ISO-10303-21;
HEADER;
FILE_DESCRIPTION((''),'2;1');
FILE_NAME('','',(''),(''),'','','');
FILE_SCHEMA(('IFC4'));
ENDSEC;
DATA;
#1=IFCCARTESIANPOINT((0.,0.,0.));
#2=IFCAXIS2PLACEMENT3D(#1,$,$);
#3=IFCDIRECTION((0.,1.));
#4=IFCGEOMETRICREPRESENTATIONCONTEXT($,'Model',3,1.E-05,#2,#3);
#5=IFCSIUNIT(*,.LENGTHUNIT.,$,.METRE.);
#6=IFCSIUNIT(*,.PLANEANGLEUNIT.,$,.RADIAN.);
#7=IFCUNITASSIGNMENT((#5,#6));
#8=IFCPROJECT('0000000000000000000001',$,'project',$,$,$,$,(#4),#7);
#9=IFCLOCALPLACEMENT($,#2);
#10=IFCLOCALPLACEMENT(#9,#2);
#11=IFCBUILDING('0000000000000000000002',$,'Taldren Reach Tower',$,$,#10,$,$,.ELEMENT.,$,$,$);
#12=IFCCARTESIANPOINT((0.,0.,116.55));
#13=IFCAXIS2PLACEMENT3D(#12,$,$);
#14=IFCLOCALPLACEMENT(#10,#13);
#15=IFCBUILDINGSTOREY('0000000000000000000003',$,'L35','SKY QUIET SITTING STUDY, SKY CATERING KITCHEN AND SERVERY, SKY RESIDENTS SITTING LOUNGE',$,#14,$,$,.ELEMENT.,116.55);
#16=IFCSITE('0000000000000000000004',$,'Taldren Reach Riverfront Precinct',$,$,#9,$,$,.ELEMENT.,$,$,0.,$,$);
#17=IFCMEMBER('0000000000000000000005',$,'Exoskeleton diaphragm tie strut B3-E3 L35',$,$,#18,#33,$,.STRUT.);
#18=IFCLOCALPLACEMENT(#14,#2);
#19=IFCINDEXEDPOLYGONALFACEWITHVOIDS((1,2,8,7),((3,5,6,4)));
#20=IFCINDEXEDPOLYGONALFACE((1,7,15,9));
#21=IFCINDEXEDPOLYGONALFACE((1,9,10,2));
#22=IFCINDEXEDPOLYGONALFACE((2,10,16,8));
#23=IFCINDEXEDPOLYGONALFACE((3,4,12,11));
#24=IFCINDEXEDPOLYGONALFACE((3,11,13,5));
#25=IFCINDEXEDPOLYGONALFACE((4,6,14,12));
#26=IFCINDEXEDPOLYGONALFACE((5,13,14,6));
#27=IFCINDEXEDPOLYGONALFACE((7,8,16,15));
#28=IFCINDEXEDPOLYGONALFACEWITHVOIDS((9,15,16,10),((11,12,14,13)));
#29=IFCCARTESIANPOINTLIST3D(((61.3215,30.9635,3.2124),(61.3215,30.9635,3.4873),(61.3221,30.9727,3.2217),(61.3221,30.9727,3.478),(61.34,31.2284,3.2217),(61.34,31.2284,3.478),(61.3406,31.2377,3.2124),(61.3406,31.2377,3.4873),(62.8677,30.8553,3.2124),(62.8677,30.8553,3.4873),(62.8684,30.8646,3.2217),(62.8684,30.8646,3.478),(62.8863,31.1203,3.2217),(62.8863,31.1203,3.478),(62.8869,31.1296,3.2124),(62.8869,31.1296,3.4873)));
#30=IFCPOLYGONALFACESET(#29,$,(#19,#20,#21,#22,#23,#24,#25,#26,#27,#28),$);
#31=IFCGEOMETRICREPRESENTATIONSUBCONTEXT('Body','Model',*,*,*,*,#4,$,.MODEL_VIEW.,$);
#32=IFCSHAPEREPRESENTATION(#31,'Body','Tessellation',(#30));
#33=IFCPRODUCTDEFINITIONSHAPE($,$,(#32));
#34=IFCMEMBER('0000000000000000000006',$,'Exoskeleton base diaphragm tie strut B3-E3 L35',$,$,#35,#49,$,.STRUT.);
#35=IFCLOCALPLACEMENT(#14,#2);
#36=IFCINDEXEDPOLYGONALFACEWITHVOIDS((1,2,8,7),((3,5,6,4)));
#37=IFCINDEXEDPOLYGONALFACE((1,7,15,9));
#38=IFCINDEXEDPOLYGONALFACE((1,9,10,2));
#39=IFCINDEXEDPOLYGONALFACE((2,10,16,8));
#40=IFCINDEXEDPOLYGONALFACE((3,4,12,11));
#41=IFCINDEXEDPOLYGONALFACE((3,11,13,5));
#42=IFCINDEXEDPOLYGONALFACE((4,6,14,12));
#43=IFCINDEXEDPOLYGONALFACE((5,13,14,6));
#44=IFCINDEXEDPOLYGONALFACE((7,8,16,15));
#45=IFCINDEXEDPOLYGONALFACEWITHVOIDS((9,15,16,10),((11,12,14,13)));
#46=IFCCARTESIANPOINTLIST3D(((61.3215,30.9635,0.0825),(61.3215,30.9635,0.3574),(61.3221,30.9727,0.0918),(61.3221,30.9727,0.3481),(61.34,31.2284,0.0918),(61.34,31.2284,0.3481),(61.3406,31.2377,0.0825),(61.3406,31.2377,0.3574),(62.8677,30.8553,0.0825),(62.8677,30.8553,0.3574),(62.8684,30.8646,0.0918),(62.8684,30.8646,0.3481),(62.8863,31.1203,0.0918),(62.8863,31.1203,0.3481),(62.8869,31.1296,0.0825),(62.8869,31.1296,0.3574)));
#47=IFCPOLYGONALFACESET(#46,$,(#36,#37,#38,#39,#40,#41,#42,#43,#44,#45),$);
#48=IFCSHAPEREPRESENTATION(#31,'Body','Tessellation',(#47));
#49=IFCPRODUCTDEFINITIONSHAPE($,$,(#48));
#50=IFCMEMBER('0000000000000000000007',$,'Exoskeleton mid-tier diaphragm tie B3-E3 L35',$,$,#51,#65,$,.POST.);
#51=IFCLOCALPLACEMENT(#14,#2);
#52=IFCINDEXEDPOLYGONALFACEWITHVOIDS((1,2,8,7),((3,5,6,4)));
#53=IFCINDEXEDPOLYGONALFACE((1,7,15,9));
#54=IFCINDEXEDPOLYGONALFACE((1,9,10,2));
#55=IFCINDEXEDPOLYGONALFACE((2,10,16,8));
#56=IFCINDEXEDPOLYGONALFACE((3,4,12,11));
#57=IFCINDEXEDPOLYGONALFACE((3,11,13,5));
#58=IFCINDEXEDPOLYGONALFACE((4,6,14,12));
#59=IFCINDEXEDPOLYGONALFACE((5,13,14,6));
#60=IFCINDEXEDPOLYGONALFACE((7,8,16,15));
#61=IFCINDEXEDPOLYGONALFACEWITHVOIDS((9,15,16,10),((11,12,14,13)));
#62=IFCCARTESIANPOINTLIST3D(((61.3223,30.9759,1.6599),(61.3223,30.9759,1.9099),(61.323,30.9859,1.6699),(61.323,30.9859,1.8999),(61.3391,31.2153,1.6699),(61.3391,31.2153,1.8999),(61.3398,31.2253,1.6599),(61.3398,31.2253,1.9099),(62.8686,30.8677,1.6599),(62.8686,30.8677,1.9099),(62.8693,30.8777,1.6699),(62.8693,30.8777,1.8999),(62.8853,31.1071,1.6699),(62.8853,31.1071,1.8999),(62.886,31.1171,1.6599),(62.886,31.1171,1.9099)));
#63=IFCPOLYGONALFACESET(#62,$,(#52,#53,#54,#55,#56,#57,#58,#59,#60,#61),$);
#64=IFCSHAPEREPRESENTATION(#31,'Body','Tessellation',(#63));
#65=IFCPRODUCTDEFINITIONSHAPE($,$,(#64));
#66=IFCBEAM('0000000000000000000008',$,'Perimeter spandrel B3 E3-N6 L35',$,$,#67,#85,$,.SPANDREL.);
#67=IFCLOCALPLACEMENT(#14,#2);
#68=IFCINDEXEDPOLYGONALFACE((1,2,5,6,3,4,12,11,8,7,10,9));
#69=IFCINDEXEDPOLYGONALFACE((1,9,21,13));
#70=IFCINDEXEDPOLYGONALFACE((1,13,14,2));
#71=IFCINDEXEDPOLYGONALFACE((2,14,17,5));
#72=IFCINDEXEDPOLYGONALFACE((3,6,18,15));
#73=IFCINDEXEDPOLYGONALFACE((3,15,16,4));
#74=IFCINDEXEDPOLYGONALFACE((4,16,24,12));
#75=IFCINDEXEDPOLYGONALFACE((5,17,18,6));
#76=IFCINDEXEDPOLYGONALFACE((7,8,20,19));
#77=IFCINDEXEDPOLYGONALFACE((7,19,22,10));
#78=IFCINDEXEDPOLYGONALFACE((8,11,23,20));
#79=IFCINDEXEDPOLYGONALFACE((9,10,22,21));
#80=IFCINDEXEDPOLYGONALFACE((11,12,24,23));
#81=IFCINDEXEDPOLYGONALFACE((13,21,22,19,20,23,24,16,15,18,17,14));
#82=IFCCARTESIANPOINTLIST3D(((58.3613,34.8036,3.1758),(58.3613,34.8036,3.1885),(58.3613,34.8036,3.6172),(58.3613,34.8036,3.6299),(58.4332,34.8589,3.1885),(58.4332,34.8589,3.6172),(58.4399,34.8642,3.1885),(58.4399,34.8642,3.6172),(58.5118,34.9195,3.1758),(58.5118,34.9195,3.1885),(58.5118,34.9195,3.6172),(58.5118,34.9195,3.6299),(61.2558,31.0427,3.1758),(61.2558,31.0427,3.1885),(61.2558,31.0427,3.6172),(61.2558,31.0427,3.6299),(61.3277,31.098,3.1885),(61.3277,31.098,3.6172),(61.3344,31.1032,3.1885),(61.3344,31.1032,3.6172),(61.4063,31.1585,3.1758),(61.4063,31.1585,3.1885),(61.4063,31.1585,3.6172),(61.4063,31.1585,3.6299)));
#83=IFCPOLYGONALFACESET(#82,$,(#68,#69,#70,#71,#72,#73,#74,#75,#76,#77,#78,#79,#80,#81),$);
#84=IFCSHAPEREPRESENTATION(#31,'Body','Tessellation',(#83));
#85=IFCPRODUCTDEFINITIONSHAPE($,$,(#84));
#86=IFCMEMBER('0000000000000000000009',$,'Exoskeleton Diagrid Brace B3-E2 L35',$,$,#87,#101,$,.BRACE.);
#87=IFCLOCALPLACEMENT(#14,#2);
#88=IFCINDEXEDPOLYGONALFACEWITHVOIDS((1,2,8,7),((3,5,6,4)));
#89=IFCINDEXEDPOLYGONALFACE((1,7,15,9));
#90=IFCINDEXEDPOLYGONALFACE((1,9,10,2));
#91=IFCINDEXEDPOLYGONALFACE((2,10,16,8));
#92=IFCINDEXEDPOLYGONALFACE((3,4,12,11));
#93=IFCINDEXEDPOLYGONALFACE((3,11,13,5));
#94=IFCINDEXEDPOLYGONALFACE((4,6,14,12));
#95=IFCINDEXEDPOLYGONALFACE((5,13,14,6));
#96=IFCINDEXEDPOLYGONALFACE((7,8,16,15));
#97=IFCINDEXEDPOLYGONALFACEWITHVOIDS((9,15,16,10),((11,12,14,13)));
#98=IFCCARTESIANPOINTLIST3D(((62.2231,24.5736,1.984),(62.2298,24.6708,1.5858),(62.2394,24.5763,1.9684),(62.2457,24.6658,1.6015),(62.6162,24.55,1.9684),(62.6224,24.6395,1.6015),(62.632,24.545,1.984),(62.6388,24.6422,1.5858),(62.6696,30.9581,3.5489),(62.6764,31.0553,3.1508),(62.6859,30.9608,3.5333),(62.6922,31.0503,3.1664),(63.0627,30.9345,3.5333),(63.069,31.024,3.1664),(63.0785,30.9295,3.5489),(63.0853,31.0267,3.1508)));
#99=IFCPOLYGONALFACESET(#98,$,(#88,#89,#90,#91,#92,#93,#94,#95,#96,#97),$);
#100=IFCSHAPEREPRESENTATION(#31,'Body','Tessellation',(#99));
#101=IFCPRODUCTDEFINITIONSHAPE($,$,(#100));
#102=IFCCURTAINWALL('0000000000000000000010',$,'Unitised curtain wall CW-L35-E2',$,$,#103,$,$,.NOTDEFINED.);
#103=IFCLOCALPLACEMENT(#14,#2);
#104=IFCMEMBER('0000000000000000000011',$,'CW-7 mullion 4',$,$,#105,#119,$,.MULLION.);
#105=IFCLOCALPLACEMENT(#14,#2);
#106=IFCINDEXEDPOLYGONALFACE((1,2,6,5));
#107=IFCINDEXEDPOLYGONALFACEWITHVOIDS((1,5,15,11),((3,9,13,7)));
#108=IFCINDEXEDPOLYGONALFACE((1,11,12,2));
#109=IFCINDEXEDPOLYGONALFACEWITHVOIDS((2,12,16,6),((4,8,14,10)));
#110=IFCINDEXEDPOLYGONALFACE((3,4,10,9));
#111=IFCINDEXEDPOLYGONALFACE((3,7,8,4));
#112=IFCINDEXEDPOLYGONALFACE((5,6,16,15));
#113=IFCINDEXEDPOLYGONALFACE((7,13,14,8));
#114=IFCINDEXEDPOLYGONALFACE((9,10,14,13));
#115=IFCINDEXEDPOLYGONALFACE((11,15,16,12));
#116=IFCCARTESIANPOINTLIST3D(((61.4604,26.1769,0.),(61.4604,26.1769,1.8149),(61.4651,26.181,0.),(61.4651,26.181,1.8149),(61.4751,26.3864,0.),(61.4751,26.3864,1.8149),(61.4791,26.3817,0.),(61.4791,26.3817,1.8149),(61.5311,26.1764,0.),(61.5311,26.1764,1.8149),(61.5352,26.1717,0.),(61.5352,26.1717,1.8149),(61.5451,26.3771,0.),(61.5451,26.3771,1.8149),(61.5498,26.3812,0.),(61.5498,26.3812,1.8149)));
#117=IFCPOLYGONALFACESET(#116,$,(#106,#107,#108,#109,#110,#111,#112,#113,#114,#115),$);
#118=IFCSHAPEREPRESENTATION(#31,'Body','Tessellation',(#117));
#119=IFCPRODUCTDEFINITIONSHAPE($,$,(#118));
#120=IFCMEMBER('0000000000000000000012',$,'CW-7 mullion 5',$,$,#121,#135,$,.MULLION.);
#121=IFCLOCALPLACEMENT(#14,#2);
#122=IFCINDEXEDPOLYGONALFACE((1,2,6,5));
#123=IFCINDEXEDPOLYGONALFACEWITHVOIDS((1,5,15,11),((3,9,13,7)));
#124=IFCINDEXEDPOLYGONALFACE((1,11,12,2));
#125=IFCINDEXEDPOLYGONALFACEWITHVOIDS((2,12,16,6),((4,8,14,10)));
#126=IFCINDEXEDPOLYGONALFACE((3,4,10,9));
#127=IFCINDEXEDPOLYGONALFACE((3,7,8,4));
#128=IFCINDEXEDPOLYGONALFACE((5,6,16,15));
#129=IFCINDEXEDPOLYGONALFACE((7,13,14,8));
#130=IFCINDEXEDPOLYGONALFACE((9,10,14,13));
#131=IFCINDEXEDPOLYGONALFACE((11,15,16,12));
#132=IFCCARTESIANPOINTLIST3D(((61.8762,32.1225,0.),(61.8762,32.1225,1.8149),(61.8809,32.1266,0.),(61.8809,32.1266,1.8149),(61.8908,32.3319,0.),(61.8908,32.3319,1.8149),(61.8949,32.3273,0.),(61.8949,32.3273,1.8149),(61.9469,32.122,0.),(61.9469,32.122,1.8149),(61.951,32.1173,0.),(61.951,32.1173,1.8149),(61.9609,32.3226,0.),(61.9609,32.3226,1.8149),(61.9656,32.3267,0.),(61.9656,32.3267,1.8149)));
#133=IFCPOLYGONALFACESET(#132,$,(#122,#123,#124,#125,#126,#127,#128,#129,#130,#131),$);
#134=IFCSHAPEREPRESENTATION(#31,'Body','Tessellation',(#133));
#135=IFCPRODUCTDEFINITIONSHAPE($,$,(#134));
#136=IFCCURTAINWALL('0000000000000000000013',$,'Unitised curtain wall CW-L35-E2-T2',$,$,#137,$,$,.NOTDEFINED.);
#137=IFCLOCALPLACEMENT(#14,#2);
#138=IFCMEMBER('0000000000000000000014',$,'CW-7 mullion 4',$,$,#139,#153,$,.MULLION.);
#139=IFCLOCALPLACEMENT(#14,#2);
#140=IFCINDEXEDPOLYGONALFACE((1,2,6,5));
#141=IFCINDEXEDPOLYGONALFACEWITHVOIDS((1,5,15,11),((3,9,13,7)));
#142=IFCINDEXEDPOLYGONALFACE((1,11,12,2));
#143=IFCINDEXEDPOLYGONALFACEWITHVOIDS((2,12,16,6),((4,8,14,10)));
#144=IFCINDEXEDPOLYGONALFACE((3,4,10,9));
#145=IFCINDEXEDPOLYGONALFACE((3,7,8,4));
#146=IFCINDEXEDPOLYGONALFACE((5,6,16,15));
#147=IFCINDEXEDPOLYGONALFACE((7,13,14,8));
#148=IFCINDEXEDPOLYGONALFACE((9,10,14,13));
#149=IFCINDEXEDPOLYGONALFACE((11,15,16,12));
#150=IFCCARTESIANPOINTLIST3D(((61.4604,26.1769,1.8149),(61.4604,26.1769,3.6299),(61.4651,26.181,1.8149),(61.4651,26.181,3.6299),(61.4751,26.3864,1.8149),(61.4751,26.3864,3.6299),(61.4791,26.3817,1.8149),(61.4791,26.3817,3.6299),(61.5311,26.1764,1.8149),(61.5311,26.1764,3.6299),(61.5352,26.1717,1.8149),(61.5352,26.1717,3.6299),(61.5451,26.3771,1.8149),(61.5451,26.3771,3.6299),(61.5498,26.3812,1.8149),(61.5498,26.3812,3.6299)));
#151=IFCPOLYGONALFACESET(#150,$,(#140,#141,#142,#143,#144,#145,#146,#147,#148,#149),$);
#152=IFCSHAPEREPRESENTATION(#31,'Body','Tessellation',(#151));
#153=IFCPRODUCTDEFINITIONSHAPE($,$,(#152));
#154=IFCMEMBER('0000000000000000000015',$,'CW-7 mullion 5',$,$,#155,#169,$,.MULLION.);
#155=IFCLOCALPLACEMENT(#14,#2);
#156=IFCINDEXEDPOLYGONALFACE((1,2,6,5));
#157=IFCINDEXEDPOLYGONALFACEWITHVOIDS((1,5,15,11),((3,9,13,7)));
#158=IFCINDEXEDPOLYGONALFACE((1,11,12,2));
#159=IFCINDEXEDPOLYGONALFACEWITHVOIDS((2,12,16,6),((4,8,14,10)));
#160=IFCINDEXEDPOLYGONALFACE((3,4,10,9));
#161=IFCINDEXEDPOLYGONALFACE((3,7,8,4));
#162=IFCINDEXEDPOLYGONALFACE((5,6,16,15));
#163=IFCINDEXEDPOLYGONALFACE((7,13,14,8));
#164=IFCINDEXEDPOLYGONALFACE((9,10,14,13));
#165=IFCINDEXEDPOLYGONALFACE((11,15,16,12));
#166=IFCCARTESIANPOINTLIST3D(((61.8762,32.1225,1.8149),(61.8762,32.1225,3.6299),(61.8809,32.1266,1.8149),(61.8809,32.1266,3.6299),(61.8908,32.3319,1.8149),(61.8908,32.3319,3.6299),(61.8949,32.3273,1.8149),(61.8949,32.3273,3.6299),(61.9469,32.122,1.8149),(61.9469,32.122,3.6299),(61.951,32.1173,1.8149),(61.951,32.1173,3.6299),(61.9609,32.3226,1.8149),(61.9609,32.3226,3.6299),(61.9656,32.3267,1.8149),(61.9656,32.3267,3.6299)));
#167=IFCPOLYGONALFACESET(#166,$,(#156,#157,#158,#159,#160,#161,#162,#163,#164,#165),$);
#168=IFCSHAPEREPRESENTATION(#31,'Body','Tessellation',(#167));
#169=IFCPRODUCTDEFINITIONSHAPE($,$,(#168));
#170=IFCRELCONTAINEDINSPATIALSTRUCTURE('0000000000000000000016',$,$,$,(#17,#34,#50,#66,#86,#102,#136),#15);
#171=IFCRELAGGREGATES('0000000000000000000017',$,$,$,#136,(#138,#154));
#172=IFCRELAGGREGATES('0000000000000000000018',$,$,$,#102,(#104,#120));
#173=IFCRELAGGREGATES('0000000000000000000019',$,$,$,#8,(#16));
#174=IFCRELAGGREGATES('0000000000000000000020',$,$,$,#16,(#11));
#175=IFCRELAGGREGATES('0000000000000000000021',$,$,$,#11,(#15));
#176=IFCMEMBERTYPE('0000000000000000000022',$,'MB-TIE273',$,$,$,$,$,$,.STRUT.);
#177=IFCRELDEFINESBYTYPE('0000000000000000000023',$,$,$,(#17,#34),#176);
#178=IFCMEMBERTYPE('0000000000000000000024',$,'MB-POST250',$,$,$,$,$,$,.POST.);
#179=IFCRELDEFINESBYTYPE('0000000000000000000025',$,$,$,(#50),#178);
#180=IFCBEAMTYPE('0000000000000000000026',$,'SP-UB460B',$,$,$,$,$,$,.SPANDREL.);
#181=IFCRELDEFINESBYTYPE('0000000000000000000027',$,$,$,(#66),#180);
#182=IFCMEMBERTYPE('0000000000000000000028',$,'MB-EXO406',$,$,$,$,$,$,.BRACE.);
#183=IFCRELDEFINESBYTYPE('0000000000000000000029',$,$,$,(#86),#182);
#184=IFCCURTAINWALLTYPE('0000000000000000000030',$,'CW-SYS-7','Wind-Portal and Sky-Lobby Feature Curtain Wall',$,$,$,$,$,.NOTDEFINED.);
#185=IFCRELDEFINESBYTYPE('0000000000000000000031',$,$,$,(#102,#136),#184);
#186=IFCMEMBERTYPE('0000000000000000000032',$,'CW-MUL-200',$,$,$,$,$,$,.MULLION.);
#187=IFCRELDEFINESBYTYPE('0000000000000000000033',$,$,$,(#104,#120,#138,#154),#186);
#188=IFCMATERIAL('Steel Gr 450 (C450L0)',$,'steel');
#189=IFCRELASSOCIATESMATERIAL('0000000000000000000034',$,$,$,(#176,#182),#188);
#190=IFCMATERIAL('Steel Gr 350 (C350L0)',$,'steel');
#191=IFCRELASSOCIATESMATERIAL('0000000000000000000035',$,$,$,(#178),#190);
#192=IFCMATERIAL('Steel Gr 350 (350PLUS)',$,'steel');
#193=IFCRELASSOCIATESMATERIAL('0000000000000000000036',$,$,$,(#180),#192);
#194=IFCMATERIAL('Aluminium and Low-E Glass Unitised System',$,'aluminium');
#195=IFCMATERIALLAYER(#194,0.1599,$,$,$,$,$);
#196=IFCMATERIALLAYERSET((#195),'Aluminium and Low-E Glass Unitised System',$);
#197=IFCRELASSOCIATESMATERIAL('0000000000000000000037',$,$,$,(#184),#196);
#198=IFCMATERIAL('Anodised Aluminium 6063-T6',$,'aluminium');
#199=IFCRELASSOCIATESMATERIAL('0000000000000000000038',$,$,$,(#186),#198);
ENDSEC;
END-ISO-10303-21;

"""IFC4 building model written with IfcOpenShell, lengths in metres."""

from ifc_helpers import new_model, si_unit, direction, frame, origin, origin_2d, place, context, subcontext, project, spatial, hollow_rectangle, i_section, extrude, source, transform, mapped, material, layer, layer_set, material_profile, profile_set, type_object, element, aggregate, save


model = new_model("IFC4")

# Units and contexts
model_context = context("Model", 3, precision=1e-05, world=origin(), true_north=direction((0.0, 1.0)))
body_context = subcontext(model_context, "Body", "Model", "MODEL_VIEW")
ifc_project = project(units=[si_unit("LENGTHUNIT", "METRE"), si_unit("PLANEANGLEUNIT", "RADIAN")], contexts=[model_context])

# Site, building, storey
site_placement = place(None, origin())
site = spatial("IfcSite", under=ifc_project, at=site_placement, Name="Taldren Reach Riverfront Precinct", CompositionType="ELEMENT", RefElevation=0.0)
building_placement = place(site_placement, origin())
building = spatial("IfcBuilding", under=site, at=building_placement, Name="Taldren Reach Tower", CompositionType="ELEMENT")
storey_placement = place(building_placement, frame((0.0, 0.0, 116.55)))
storey = spatial("IfcBuildingStorey", under=building, at=storey_placement, Name="L35", Description="SKY QUIET SITTING STUDY, SKY CATERING KITCHEN AND SERVERY, SKY RESIDENTS SITTING LOUNGE", CompositionType="ELEMENT", Elevation=116.55)

# Members
ifc_material_1 = material(Name="Steel Gr 450 (C450L0)", Category="steel")
ifc_material_profile_1 = material_profile(ifc_material_1, hollow_rectangle(XDim=0.2749, YDim=0.2749, WallThickness=0.0093, at=origin_2d()), Name="275x275x9.3SHS")
ifc_profile_set_1 = profile_set([ifc_material_profile_1], Name="Steel Gr 450 (C450L0)")
member_type_1 = type_object("IfcMemberType", Name="MB-TIE273", PredefinedType="STRUT", material=ifc_profile_set_1)
shared_shape_1 = source(origin(), body_context, "Body", "SweptSolid", [
    extrude(hollow_rectangle(XDim=0.2749, YDim=0.2749, WallThickness=0.0093, at=origin_2d()), origin(), (0.0, 0.0, 1.0), 1.55),
])
for number, where, z_axis, x_axis, name in (
    (1, (61.3311, 31.1006, 3.3499), (0.997563, -0.06977, 0.0), (0.06977, 0.997563, 0.0), "Exoskeleton diaphragm tie strut B3-E3 L35"),
    (2, (61.3311, 31.1006, 0.22), (0.997563, -0.06977, 0.0), (0.06977, 0.997563, 0.0), "Exoskeleton base diaphragm tie strut B3-E3 L35"),
):
    element("IfcMember", number, at=place(storey_placement, frame(where, z_axis=z_axis, x_axis=x_axis)), inside=storey, type_object=member_type_1, Name=name, PredefinedType="STRUT", context=body_context, shape_type="MappedRepresentation", body=[
        mapped(shared_shape_1, transform((0.0, 0.0, 0.0), scale=1.0)),
    ])
ifc_material_2 = material(Name="Steel Gr 350 (C350L0)", Category="steel")
ifc_material_profile_2 = material_profile(ifc_material_2, hollow_rectangle(XDim=0.25, YDim=0.25, WallThickness=0.01, at=origin_2d()), Name="250x250x10.0SHS")
ifc_profile_set_2 = profile_set([ifc_material_profile_2], Name="Steel Gr 350 (C350L0)")
member_type_2 = type_object("IfcMemberType", Name="MB-POST250", PredefinedType="POST", material=ifc_profile_set_2)
shared_shape_2 = source(origin(), body_context, "Body", "SweptSolid", [
    extrude(hollow_rectangle(XDim=0.25, YDim=0.25, WallThickness=0.01, at=origin_2d()), origin(), (0.0, 0.0, 1.0), 1.55),
])
member_1_placement = place(storey_placement, frame((61.3311, 31.1006, 1.7849), z_axis=(0.997563, -0.06977, 0.0), x_axis=(0.06977, 0.997563, 0.0)))
element("IfcMember", 3, at=member_1_placement, inside=storey, type_object=member_type_2, Name="Exoskeleton mid-tier diaphragm tie B3-E3 L35", PredefinedType="POST", context=body_context, shape_type="MappedRepresentation", body=[
    mapped(shared_shape_2, transform((0.0, 0.0, 0.0), scale=1.0)),
])

# Beam
ifc_material_3 = material(Name="Steel Gr 350 (350PLUS)", Category="steel")
ifc_material_profile_3 = material_profile(ifc_material_3, i_section(OverallWidth=0.1899, OverallDepth=0.4541, WebThickness=0.0085, FlangeThickness=0.0127, at=origin_2d()), Name="460UB67.1")
ifc_profile_set_3 = profile_set([ifc_material_profile_3], Name="Steel Gr 350 (350PLUS)")
beam_type = type_object("IfcBeamType", Name="SP-UB460B", PredefinedType="SPANDREL", material=ifc_profile_set_3)
shared_shape_3 = source(origin(), body_context, "Body", "SweptSolid", [
    extrude(i_section(OverallWidth=0.1899, OverallDepth=0.4541, WebThickness=0.0085, FlangeThickness=0.0127, at=origin_2d()), origin(), (0.0, 0.0, 1.0), 4.7458),
])
beam_placement = place(storey_placement, frame((61.3311, 31.1006, 3.4028), z_axis=(-0.609905, 0.792475, 0.0), x_axis=(-0.792475, -0.609905, 0.0)))
element("IfcBeam", 4, at=beam_placement, inside=storey, type_object=beam_type, Name="Perimeter spandrel B3 E3-N6 L35", PredefinedType="SPANDREL", context=body_context, shape_type="MappedRepresentation", body=[
    mapped(shared_shape_3, transform((0.0, 0.0, 0.0), scale=1.0)),
])

# Member
ifc_material_profile_4 = material_profile(ifc_material_1, hollow_rectangle(XDim=0.4099, YDim=0.4099, WallThickness=0.0161, at=origin_2d()), Name="410x410x16.0SHS")
ifc_profile_set_4 = profile_set([ifc_material_profile_4], Name="Steel Gr 450 (C450L0)")
member_type_3 = type_object("IfcMemberType", Name="MB-EXO406", PredefinedType="BRACE", material=ifc_profile_set_4)
shared_shape_4 = source(origin(), body_context, "Body", "SweptSolid", [
    extrude(hollow_rectangle(XDim=0.4099, YDim=0.4099, WallThickness=0.0161, at=origin_2d()), origin(), (0.0, 0.0, 1.0), 6.5886),
])
member_2_placement = place(storey_placement, frame((62.4309, 24.6079, 1.7849), z_axis=(0.067773, 0.969015, 0.23752), x_axis=(-0.997563, 0.06977, 0.0)))
element("IfcMember", 5, at=member_2_placement, inside=storey, type_object=member_type_3, Name="Exoskeleton Diagrid Brace B3-E2 L35", PredefinedType="BRACE", context=body_context, shape_type="MappedRepresentation", body=[
    mapped(shared_shape_4, transform((0.0, 0.0, 0.0), scale=1.0)),
])

# Curtain walls, members
ifc_material_4 = material(Name="Aluminium and Low-E Glass Unitised System", Category="aluminium")
ifc_layer_1 = layer(ifc_material_4, 0.1599)
ifc_layer_set_1 = layer_set([ifc_layer_1], Name="Aluminium and Low-E Glass Unitised System")
curtain_wall_type = type_object("IfcCurtainWallType", Name="CW-SYS-7", Description="Wind-Portal and Sky-Lobby Feature Curtain Wall", PredefinedType="NOTDEFINED", material=ifc_layer_set_1)
curtain_wall_1_placement = place(storey_placement, origin())
curtain_wall_1 = element("IfcCurtainWall", 6, at=curtain_wall_1_placement, inside=storey, type_object=curtain_wall_type, Name="Unitised curtain wall CW-L35-E2", PredefinedType="NOTDEFINED")
ifc_material_5 = material(Name="Anodised Aluminium 6063-T6", Category="aluminium")
ifc_material_profile_5 = material_profile(ifc_material_5, hollow_rectangle(XDim=0.075, YDim=0.21, WallThickness=0.0044, at=origin_2d()), Name="ALU-210x75x4.5RHS")
ifc_profile_set_5 = profile_set([ifc_material_profile_5], Name="Anodised Aluminium 6063-T6")
member_type_4 = type_object("IfcMemberType", Name="CW-MUL-200", PredefinedType="MULLION", material=ifc_profile_set_5)
shared_shape_5 = source(origin(), body_context, "Body", "SweptSolid", [
    extrude(hollow_rectangle(XDim=0.075, YDim=0.21, WallThickness=0.0044, at=origin_2d()), origin(), (0.0, 0.0, 1.0), 1.8149),
])
member_3_placement = place(storey_placement, frame((61.5051, 26.2791, 0.0), z_axis=(0.0, 0.0, 1.0), x_axis=(-0.997564, 0.069757, 0.0)))
member_3 = element("IfcMember", 7, at=member_3_placement, type_object=member_type_4, Name="CW-7 mullion 4", PredefinedType="MULLION", context=body_context, shape_type="MappedRepresentation", body=[
    mapped(shared_shape_5, transform((0.0, 0.0, 0.0), scale=1.0)),
])
member_4_placement = place(storey_placement, frame((61.9209, 32.2246, 0.0), z_axis=(0.0, 0.0, 1.0), x_axis=(-0.997564, 0.069757, 0.0)))
member_4 = element("IfcMember", 8, at=member_4_placement, type_object=member_type_4, Name="CW-7 mullion 5", PredefinedType="MULLION", context=body_context, shape_type="MappedRepresentation", body=[
    mapped(shared_shape_5, transform((0.0, 0.0, 0.0), scale=1.0)),
])
curtain_wall_2_placement = place(storey_placement, origin())
curtain_wall_2 = element("IfcCurtainWall", 9, at=curtain_wall_2_placement, inside=storey, type_object=curtain_wall_type, Name="Unitised curtain wall CW-L35-E2-T2", PredefinedType="NOTDEFINED")
member_5_placement = place(storey_placement, frame((61.5051, 26.2791, 1.8149), z_axis=(0.0, 0.0, 1.0), x_axis=(-0.997564, 0.069757, 0.0)))
member_5 = element("IfcMember", 10, at=member_5_placement, type_object=member_type_4, Name="CW-7 mullion 4", PredefinedType="MULLION", context=body_context, shape_type="MappedRepresentation", body=[
    mapped(shared_shape_5, transform((0.0, 0.0, 0.0), scale=1.0)),
])
member_6_placement = place(storey_placement, frame((61.9209, 32.2246, 1.8149), z_axis=(0.0, 0.0, 1.0), x_axis=(-0.997564, 0.069757, 0.0)))
member_6 = element("IfcMember", 11, at=member_6_placement, type_object=member_type_4, Name="CW-7 mullion 5", PredefinedType="MULLION", context=body_context, shape_type="MappedRepresentation", body=[
    mapped(shared_shape_5, transform((0.0, 0.0, 0.0), scale=1.0)),
])

aggregate(curtain_wall_2, [member_5, member_6])

aggregate(curtain_wall_1, [member_3, member_4])

save(model, "model.ifc")
